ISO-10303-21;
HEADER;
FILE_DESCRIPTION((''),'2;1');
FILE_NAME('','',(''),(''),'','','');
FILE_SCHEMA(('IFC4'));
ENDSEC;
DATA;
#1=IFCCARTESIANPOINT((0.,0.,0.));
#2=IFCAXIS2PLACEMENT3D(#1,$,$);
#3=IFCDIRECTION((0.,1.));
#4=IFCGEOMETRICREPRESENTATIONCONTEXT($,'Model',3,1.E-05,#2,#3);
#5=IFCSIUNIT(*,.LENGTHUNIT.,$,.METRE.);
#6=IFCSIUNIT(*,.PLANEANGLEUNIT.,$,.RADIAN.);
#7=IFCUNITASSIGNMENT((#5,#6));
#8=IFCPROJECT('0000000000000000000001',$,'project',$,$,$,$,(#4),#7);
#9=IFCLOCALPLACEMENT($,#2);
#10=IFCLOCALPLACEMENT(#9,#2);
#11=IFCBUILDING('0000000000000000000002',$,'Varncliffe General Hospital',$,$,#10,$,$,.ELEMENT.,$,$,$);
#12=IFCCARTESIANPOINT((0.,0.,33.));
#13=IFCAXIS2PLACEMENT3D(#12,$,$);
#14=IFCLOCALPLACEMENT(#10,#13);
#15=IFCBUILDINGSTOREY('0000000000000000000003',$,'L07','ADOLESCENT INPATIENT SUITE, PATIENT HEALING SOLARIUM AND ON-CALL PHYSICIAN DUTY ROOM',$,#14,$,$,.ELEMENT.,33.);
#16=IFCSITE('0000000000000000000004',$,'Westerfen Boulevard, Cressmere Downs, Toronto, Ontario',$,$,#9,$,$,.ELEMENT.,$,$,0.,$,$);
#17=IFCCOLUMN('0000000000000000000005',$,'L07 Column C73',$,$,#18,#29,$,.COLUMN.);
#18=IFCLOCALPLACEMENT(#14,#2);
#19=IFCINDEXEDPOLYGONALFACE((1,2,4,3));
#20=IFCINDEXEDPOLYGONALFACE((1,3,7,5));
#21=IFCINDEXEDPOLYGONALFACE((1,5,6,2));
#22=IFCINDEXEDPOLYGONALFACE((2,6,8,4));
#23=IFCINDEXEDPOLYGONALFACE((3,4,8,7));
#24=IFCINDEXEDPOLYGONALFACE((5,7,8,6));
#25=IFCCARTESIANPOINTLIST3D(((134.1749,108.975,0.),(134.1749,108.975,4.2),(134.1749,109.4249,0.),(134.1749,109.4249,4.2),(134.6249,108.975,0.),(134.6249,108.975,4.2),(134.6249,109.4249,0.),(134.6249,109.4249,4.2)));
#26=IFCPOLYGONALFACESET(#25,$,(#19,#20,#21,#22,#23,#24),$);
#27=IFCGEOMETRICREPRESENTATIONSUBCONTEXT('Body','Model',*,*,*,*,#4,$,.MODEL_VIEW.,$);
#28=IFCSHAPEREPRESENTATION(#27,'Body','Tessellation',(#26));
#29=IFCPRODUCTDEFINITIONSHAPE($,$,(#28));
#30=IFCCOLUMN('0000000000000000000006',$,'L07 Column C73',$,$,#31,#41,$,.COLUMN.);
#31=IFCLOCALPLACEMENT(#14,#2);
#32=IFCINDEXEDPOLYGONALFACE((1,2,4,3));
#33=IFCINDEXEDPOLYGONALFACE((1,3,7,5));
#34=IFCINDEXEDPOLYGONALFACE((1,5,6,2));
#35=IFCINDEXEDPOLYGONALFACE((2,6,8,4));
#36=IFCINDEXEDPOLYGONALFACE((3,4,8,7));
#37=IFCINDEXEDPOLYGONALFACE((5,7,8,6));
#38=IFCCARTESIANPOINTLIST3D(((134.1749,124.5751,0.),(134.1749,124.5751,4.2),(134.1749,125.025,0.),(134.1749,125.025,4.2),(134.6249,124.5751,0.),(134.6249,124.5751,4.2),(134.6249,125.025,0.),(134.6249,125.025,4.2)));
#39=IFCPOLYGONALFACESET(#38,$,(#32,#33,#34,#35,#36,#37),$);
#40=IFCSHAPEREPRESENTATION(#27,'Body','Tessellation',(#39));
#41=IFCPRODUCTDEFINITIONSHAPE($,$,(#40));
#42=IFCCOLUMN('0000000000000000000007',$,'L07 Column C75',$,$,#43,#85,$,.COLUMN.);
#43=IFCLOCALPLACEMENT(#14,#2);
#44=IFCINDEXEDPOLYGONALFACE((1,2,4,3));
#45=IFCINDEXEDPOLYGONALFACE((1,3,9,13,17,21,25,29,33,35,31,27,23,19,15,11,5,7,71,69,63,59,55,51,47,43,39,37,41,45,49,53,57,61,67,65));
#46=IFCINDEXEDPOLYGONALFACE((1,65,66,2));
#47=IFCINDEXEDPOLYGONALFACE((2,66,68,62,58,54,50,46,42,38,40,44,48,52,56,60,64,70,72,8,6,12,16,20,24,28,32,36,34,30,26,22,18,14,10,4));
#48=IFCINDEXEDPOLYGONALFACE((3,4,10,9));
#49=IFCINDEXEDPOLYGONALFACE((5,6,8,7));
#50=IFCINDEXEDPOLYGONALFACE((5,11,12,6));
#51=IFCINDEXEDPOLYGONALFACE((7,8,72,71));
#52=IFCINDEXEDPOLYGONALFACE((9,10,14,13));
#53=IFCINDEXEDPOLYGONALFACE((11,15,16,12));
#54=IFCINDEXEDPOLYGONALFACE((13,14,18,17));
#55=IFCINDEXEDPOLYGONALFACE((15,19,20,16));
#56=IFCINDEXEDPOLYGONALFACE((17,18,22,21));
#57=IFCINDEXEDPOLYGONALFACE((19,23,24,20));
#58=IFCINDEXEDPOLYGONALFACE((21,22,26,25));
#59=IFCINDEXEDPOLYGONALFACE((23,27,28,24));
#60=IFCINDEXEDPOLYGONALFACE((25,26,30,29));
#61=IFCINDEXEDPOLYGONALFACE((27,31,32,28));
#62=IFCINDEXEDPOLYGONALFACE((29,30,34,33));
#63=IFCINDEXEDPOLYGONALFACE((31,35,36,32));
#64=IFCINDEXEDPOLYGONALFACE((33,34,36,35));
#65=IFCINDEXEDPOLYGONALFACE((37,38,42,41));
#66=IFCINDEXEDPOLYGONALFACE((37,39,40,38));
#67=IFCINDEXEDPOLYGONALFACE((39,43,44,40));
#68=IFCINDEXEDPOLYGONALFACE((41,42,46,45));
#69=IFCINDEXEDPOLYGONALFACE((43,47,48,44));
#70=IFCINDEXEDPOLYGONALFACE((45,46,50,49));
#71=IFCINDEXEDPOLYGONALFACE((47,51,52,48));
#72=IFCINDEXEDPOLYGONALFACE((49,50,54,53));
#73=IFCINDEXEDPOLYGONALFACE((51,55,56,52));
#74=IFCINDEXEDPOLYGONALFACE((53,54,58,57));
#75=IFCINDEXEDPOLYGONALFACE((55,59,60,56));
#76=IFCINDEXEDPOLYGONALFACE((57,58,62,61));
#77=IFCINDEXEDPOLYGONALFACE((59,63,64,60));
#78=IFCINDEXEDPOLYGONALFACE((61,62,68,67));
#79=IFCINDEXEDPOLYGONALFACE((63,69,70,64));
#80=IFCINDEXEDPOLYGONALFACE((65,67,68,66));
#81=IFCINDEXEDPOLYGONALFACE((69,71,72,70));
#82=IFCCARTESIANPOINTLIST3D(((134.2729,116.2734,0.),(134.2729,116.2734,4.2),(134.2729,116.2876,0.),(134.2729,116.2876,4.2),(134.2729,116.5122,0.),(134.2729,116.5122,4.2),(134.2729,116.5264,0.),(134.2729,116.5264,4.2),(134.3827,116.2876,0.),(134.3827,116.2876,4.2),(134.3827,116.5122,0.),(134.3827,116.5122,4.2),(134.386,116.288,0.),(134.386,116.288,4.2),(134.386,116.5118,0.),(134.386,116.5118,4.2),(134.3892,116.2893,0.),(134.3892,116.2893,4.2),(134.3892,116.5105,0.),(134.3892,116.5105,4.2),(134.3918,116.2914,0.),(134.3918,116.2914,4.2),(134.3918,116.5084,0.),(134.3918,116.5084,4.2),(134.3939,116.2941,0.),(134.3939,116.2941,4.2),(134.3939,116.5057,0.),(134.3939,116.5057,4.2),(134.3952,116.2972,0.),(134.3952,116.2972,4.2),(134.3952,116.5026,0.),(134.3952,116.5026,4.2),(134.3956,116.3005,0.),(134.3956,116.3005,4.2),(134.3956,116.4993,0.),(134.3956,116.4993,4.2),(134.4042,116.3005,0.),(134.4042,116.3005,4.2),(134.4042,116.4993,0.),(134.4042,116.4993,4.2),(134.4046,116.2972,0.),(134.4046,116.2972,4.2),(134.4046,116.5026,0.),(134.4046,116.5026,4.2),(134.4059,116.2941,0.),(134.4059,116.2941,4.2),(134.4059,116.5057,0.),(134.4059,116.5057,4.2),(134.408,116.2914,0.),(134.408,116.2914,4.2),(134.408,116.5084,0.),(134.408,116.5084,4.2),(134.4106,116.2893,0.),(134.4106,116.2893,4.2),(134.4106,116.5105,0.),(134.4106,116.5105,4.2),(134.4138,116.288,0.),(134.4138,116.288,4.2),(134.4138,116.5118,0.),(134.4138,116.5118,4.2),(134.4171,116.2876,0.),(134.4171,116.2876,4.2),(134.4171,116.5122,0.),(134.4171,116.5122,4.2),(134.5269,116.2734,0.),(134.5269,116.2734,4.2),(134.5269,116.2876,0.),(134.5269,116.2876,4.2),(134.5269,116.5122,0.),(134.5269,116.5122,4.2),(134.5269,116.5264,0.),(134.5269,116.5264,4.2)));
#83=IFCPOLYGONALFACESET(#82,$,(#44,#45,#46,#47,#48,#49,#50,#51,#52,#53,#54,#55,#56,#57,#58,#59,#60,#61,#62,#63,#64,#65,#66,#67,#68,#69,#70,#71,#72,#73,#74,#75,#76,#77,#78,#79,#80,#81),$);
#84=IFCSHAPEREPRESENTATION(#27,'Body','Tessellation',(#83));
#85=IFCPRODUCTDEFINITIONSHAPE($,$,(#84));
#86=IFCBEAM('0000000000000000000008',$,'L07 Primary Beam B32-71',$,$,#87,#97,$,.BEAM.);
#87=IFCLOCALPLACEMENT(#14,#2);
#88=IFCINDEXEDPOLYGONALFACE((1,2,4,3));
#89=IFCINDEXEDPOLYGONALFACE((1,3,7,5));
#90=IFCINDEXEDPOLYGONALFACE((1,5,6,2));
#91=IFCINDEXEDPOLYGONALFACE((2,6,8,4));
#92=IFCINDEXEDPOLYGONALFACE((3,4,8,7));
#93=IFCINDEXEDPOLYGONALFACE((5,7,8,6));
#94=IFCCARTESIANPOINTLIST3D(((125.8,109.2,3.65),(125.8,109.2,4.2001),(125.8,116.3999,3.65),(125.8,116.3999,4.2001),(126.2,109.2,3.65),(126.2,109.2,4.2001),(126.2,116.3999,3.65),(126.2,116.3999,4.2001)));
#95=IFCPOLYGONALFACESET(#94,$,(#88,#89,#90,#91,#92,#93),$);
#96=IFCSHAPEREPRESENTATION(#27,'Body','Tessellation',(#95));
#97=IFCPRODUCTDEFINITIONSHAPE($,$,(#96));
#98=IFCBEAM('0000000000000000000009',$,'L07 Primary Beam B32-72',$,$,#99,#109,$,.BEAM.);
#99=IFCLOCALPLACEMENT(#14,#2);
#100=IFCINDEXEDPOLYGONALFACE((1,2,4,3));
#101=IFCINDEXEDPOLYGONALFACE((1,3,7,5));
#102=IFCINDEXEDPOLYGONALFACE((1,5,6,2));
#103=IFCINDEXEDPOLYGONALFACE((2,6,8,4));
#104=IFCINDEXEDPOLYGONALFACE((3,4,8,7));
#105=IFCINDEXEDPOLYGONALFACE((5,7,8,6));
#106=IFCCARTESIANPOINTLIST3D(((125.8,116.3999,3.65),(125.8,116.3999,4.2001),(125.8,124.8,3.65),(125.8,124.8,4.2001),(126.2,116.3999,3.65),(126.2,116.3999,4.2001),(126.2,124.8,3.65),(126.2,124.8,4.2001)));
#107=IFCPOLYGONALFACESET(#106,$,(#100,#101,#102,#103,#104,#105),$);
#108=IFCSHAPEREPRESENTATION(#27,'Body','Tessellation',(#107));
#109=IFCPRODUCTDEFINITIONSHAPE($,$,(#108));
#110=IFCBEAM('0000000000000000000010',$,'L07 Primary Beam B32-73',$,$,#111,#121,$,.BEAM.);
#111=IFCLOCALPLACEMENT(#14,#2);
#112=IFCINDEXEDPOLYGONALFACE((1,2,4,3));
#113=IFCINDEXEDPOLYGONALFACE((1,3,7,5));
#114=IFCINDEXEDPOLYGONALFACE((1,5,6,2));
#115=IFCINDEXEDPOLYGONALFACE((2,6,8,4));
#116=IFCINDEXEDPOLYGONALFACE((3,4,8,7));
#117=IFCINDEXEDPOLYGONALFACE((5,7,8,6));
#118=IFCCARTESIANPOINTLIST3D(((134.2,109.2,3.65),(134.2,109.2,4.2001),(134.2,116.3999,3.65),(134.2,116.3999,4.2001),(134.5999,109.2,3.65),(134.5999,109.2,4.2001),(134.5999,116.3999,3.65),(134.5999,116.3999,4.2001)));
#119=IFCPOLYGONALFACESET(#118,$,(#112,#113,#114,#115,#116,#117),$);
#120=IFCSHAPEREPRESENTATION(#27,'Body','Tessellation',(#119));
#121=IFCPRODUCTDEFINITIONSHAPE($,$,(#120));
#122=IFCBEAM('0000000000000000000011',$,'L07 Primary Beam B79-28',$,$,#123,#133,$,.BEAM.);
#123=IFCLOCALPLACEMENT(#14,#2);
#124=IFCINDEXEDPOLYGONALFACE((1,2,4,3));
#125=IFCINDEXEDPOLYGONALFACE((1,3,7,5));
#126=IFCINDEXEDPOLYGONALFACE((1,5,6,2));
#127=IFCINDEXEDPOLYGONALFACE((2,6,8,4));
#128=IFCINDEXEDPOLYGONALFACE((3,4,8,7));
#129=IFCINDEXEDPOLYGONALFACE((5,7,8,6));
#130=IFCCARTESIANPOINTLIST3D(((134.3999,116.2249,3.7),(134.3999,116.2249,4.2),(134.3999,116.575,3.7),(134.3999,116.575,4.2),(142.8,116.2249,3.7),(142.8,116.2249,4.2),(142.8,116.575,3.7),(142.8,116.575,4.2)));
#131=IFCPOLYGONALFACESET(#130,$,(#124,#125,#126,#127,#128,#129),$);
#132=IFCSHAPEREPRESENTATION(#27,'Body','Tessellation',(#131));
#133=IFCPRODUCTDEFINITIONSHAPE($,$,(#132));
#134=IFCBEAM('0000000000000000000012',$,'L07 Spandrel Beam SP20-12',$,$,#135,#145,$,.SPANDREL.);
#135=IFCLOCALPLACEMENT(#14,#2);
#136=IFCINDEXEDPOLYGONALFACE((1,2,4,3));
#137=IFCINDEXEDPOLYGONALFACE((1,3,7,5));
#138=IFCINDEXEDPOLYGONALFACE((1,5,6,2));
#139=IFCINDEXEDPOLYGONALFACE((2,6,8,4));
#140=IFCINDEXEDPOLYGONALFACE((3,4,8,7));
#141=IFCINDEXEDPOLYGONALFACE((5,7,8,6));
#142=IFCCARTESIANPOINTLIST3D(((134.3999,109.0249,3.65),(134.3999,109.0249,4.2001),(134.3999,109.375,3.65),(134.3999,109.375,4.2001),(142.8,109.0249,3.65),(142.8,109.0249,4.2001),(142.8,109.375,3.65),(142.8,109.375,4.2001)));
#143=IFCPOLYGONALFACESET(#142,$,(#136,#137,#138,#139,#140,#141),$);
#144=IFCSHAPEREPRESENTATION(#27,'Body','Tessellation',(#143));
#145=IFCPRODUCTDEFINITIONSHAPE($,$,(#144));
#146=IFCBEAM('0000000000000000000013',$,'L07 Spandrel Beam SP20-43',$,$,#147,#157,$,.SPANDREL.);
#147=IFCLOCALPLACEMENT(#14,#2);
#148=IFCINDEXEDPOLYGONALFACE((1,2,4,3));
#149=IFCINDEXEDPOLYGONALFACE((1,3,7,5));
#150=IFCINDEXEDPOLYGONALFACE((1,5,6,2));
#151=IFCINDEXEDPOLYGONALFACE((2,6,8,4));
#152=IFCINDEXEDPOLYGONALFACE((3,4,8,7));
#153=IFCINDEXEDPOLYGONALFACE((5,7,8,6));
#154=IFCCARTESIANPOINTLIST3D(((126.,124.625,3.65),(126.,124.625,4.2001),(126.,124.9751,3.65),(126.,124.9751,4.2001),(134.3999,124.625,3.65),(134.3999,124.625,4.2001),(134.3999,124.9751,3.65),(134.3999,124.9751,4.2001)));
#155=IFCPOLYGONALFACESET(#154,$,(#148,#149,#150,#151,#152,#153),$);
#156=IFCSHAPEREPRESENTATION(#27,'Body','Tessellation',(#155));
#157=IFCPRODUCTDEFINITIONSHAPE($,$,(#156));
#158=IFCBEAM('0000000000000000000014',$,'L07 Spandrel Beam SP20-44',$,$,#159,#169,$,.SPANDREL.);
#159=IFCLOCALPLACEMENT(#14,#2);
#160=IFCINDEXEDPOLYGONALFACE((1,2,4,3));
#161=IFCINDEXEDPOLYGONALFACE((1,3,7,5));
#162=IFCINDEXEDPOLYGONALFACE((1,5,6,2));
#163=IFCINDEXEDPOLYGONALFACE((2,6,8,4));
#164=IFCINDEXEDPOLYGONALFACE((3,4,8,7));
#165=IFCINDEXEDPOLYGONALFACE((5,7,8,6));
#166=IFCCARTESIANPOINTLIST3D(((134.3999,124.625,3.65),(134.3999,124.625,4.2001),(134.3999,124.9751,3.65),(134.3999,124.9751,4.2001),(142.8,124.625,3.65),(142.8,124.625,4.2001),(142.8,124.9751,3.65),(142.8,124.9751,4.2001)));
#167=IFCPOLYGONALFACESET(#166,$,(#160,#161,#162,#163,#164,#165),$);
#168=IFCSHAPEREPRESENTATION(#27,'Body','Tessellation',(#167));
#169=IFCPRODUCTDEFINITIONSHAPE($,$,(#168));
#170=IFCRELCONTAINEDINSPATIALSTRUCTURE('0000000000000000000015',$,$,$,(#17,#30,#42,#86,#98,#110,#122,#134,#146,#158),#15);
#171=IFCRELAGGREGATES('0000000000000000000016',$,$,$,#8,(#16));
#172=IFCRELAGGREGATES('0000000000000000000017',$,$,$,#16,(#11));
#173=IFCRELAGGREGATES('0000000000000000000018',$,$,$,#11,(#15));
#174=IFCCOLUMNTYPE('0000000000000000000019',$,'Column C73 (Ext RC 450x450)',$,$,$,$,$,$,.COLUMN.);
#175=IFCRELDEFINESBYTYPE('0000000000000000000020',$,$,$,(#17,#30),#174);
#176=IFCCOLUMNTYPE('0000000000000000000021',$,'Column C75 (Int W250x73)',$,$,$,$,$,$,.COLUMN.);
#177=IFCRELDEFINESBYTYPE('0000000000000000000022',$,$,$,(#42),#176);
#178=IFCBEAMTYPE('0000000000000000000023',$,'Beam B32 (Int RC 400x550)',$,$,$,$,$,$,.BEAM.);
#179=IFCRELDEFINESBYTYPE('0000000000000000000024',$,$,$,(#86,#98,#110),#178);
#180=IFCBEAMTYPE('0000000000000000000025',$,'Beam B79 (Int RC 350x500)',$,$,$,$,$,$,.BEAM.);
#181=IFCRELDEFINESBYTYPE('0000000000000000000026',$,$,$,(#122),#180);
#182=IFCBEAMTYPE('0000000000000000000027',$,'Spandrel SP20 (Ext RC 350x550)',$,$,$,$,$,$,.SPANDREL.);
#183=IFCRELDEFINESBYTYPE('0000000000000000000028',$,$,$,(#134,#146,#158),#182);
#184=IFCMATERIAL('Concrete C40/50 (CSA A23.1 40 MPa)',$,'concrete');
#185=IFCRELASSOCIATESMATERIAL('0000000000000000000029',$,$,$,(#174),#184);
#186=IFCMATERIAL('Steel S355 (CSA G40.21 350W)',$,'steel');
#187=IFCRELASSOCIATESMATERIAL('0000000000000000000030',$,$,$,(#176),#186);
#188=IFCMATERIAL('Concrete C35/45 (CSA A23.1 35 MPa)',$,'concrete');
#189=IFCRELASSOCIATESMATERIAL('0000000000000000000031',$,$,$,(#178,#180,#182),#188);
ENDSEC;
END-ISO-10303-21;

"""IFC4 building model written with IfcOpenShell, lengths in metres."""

from ifc_helpers import new_model, si_unit, direction, frame, origin, origin_2d, place, context, subcontext, project, spatial, rectangle, i_section, extrude, material, material_profile, profile_set, type_object, element, save


model = new_model("IFC4")

# Units and contexts
model_context = context("Model", 3, precision=1e-05, world=origin(), true_north=direction((0.0, 1.0)))
body_context = subcontext(model_context, "Body", "Model", "MODEL_VIEW")
ifc_project = project(units=[si_unit("LENGTHUNIT", "METRE"), si_unit("PLANEANGLEUNIT", "RADIAN")], contexts=[model_context])

# Site, building, storey
site_placement = place(None, origin())
site = spatial("IfcSite", under=ifc_project, at=site_placement, Name="Westerfen Boulevard, Cressmere Downs, Toronto, Ontario", CompositionType="ELEMENT", RefElevation=0.0)
building_placement = place(site_placement, origin())
building = spatial("IfcBuilding", under=site, at=building_placement, Name="Varncliffe General Hospital", CompositionType="ELEMENT")
storey_placement = place(building_placement, frame((0.0, 0.0, 33.0)))
storey = spatial("IfcBuildingStorey", under=building, at=storey_placement, Name="L07", Description="ADOLESCENT INPATIENT SUITE, PATIENT HEALING SOLARIUM AND ON-CALL PHYSICIAN DUTY ROOM", CompositionType="ELEMENT", Elevation=33.0)

# Columns
ifc_material_1 = material(Name="Concrete C40/50 (CSA A23.1 40 MPa)", Category="concrete")
ifc_material_profile_1 = material_profile(ifc_material_1, rectangle(XDim=0.45, YDim=0.45, at=origin_2d()), Name="RC 450x450")
ifc_profile_set_1 = profile_set([ifc_material_profile_1], Name="Concrete C40/50 (CSA A23.1 40 MPa)")
column_type_1 = type_object("IfcColumnType", Name="Column C73 (Ext RC 450x450)", PredefinedType="COLUMN", material=ifc_profile_set_1)
for number, where, z_axis, x_axis, name in (
    (1, (134.3999, 109.2, 0.0), (0.0, 0.0, 1.0), (1.0, 0.0, 0.0), "L07 Column C73"),
    (2, (134.3999, 124.8, 0.0), (0.0, 0.0, 1.0), (1.0, 0.0, 0.0), "L07 Column C73"),
):
    element("IfcColumn", number, at=place(storey_placement, frame(where, z_axis=z_axis, x_axis=x_axis)), inside=storey, type_object=column_type_1, Name=name, PredefinedType="COLUMN", context=body_context, shape_type="SweptSolid", body=[
        extrude(rectangle(XDim=0.45, YDim=0.45, at=origin_2d()), origin(), (0.0, 0.0, 1.0), 4.2),
    ])
ifc_material_2 = material(Name="Steel S355 (CSA G40.21 350W)", Category="steel")
ifc_material_profile_2 = material_profile(ifc_material_2, i_section(OverallWidth=0.2539, OverallDepth=0.2529, WebThickness=0.0085, FlangeThickness=0.0142, FilletRadius=0.0129, at=origin_2d()), Name="W250x73")
ifc_profile_set_2 = profile_set([ifc_material_profile_2], Name="Steel S355 (CSA G40.21 350W)")
column_type_2 = type_object("IfcColumnType", Name="Column C75 (Int W250x73)", PredefinedType="COLUMN", material=ifc_profile_set_2)
column_placement = place(storey_placement, frame((134.3999, 116.3999, 0.0), z_axis=(0.0, 0.0, 1.0), x_axis=(1.0, 0.0, 0.0)))
element("IfcColumn", 3, at=column_placement, inside=storey, type_object=column_type_2, Name="L07 Column C75", PredefinedType="COLUMN", context=body_context, shape_type="SweptSolid", body=[
    extrude(i_section(OverallWidth=0.2539, OverallDepth=0.2529, WebThickness=0.0085, FlangeThickness=0.0142, FilletRadius=0.0129, at=origin_2d()), origin(), (0.0, 0.0, 1.0), 4.2),
])

# Beams
ifc_material_3 = material(Name="Concrete C35/45 (CSA A23.1 35 MPa)", Category="concrete")
ifc_material_profile_3 = material_profile(ifc_material_3, rectangle(XDim=0.3999, YDim=0.55, at=origin_2d()), Name="RC 400x550")
ifc_profile_set_3 = profile_set([ifc_material_profile_3], Name="Concrete C35/45 (CSA A23.1 35 MPa)")
beam_type_1 = type_object("IfcBeamType", Name="Beam B32 (Int RC 400x550)", PredefinedType="BEAM", material=ifc_profile_set_3)
beam_1_placement = place(storey_placement, frame((126.0, 109.2, 3.925), z_axis=(0.0, 1.0, 0.0), x_axis=(-1.0, 0.0, 0.0)))
element("IfcBeam", 4, at=beam_1_placement, inside=storey, type_object=beam_type_1, Name="L07 Primary Beam B32-71", PredefinedType="BEAM", context=body_context, shape_type="SweptSolid", body=[
    extrude(rectangle(XDim=0.3999, YDim=0.55, at=origin_2d()), origin(), (0.0, 0.0, 1.0), 7.2),
])
beam_2_placement = place(storey_placement, frame((126.0, 116.3999, 3.925), z_axis=(0.0, 1.0, 0.0), x_axis=(-1.0, 0.0, 0.0)))
element("IfcBeam", 5, at=beam_2_placement, inside=storey, type_object=beam_type_1, Name="L07 Primary Beam B32-72", PredefinedType="BEAM", context=body_context, shape_type="SweptSolid", body=[
    extrude(rectangle(XDim=0.3999, YDim=0.55, at=origin_2d()), origin(), (0.0, 0.0, 1.0), 8.4001),
])
beam_3_placement = place(storey_placement, frame((134.3999, 109.2, 3.925), z_axis=(0.0, 1.0, 0.0), x_axis=(-1.0, 0.0, 0.0)))
element("IfcBeam", 6, at=beam_3_placement, inside=storey, type_object=beam_type_1, Name="L07 Primary Beam B32-73", PredefinedType="BEAM", context=body_context, shape_type="SweptSolid", body=[
    extrude(rectangle(XDim=0.3999, YDim=0.55, at=origin_2d()), origin(), (0.0, 0.0, 1.0), 7.2),
])
ifc_material_profile_4 = material_profile(ifc_material_3, rectangle(XDim=0.3501, YDim=0.5, at=origin_2d()), Name="RC 350x500")
ifc_profile_set_4 = profile_set([ifc_material_profile_4], Name="Concrete C35/45 (CSA A23.1 35 MPa)")
beam_type_2 = type_object("IfcBeamType", Name="Beam B79 (Int RC 350x500)", PredefinedType="BEAM", material=ifc_profile_set_4)
beam_4_placement = place(storey_placement, frame((134.3999, 116.3999, 3.95), z_axis=(1.0, 0.0, 0.0), x_axis=(0.0, 1.0, 0.0)))
element("IfcBeam", 7, at=beam_4_placement, inside=storey, type_object=beam_type_2, Name="L07 Primary Beam B79-28", PredefinedType="BEAM", context=body_context, shape_type="SweptSolid", body=[
    extrude(rectangle(XDim=0.3501, YDim=0.5, at=origin_2d()), origin(), (0.0, 0.0, 1.0), 8.4001),
])
ifc_material_profile_5 = material_profile(ifc_material_3, rectangle(XDim=0.3501, YDim=0.55, at=origin_2d()), Name="RC 350x550")
ifc_profile_set_5 = profile_set([ifc_material_profile_5], Name="Concrete C35/45 (CSA A23.1 35 MPa)")
beam_type_3 = type_object("IfcBeamType", Name="Spandrel SP20 (Ext RC 350x550)", PredefinedType="SPANDREL", material=ifc_profile_set_5)
beam_5_placement = place(storey_placement, frame((134.3999, 109.2, 3.925), z_axis=(1.0, 0.0, 0.0), x_axis=(0.0, 1.0, 0.0)))
element("IfcBeam", 8, at=beam_5_placement, inside=storey, type_object=beam_type_3, Name="L07 Spandrel Beam SP20-12", PredefinedType="SPANDREL", context=body_context, shape_type="SweptSolid", body=[
    extrude(rectangle(XDim=0.3501, YDim=0.55, at=origin_2d()), origin(), (0.0, 0.0, 1.0), 8.4001),
])
beam_6_placement = place(storey_placement, frame((126.0, 124.8, 3.925), z_axis=(1.0, 0.0, 0.0), x_axis=(0.0, 1.0, 0.0)))
element("IfcBeam", 9, at=beam_6_placement, inside=storey, type_object=beam_type_3, Name="L07 Spandrel Beam SP20-43", PredefinedType="SPANDREL", context=body_context, shape_type="SweptSolid", body=[
    extrude(rectangle(XDim=0.3501, YDim=0.55, at=origin_2d()), origin(), (0.0, 0.0, 1.0), 8.3999),
])
beam_7_placement = place(storey_placement, frame((134.3999, 124.8, 3.925), z_axis=(1.0, 0.0, 0.0), x_axis=(0.0, 1.0, 0.0)))
element("IfcBeam", 10, at=beam_7_placement, inside=storey, type_object=beam_type_3, Name="L07 Spandrel Beam SP20-44", PredefinedType="SPANDREL", context=body_context, shape_type="SweptSolid", body=[
    extrude(rectangle(XDim=0.3501, YDim=0.55, at=origin_2d()), origin(), (0.0, 0.0, 1.0), 8.4001),
])

save(model, "model.ifc")
